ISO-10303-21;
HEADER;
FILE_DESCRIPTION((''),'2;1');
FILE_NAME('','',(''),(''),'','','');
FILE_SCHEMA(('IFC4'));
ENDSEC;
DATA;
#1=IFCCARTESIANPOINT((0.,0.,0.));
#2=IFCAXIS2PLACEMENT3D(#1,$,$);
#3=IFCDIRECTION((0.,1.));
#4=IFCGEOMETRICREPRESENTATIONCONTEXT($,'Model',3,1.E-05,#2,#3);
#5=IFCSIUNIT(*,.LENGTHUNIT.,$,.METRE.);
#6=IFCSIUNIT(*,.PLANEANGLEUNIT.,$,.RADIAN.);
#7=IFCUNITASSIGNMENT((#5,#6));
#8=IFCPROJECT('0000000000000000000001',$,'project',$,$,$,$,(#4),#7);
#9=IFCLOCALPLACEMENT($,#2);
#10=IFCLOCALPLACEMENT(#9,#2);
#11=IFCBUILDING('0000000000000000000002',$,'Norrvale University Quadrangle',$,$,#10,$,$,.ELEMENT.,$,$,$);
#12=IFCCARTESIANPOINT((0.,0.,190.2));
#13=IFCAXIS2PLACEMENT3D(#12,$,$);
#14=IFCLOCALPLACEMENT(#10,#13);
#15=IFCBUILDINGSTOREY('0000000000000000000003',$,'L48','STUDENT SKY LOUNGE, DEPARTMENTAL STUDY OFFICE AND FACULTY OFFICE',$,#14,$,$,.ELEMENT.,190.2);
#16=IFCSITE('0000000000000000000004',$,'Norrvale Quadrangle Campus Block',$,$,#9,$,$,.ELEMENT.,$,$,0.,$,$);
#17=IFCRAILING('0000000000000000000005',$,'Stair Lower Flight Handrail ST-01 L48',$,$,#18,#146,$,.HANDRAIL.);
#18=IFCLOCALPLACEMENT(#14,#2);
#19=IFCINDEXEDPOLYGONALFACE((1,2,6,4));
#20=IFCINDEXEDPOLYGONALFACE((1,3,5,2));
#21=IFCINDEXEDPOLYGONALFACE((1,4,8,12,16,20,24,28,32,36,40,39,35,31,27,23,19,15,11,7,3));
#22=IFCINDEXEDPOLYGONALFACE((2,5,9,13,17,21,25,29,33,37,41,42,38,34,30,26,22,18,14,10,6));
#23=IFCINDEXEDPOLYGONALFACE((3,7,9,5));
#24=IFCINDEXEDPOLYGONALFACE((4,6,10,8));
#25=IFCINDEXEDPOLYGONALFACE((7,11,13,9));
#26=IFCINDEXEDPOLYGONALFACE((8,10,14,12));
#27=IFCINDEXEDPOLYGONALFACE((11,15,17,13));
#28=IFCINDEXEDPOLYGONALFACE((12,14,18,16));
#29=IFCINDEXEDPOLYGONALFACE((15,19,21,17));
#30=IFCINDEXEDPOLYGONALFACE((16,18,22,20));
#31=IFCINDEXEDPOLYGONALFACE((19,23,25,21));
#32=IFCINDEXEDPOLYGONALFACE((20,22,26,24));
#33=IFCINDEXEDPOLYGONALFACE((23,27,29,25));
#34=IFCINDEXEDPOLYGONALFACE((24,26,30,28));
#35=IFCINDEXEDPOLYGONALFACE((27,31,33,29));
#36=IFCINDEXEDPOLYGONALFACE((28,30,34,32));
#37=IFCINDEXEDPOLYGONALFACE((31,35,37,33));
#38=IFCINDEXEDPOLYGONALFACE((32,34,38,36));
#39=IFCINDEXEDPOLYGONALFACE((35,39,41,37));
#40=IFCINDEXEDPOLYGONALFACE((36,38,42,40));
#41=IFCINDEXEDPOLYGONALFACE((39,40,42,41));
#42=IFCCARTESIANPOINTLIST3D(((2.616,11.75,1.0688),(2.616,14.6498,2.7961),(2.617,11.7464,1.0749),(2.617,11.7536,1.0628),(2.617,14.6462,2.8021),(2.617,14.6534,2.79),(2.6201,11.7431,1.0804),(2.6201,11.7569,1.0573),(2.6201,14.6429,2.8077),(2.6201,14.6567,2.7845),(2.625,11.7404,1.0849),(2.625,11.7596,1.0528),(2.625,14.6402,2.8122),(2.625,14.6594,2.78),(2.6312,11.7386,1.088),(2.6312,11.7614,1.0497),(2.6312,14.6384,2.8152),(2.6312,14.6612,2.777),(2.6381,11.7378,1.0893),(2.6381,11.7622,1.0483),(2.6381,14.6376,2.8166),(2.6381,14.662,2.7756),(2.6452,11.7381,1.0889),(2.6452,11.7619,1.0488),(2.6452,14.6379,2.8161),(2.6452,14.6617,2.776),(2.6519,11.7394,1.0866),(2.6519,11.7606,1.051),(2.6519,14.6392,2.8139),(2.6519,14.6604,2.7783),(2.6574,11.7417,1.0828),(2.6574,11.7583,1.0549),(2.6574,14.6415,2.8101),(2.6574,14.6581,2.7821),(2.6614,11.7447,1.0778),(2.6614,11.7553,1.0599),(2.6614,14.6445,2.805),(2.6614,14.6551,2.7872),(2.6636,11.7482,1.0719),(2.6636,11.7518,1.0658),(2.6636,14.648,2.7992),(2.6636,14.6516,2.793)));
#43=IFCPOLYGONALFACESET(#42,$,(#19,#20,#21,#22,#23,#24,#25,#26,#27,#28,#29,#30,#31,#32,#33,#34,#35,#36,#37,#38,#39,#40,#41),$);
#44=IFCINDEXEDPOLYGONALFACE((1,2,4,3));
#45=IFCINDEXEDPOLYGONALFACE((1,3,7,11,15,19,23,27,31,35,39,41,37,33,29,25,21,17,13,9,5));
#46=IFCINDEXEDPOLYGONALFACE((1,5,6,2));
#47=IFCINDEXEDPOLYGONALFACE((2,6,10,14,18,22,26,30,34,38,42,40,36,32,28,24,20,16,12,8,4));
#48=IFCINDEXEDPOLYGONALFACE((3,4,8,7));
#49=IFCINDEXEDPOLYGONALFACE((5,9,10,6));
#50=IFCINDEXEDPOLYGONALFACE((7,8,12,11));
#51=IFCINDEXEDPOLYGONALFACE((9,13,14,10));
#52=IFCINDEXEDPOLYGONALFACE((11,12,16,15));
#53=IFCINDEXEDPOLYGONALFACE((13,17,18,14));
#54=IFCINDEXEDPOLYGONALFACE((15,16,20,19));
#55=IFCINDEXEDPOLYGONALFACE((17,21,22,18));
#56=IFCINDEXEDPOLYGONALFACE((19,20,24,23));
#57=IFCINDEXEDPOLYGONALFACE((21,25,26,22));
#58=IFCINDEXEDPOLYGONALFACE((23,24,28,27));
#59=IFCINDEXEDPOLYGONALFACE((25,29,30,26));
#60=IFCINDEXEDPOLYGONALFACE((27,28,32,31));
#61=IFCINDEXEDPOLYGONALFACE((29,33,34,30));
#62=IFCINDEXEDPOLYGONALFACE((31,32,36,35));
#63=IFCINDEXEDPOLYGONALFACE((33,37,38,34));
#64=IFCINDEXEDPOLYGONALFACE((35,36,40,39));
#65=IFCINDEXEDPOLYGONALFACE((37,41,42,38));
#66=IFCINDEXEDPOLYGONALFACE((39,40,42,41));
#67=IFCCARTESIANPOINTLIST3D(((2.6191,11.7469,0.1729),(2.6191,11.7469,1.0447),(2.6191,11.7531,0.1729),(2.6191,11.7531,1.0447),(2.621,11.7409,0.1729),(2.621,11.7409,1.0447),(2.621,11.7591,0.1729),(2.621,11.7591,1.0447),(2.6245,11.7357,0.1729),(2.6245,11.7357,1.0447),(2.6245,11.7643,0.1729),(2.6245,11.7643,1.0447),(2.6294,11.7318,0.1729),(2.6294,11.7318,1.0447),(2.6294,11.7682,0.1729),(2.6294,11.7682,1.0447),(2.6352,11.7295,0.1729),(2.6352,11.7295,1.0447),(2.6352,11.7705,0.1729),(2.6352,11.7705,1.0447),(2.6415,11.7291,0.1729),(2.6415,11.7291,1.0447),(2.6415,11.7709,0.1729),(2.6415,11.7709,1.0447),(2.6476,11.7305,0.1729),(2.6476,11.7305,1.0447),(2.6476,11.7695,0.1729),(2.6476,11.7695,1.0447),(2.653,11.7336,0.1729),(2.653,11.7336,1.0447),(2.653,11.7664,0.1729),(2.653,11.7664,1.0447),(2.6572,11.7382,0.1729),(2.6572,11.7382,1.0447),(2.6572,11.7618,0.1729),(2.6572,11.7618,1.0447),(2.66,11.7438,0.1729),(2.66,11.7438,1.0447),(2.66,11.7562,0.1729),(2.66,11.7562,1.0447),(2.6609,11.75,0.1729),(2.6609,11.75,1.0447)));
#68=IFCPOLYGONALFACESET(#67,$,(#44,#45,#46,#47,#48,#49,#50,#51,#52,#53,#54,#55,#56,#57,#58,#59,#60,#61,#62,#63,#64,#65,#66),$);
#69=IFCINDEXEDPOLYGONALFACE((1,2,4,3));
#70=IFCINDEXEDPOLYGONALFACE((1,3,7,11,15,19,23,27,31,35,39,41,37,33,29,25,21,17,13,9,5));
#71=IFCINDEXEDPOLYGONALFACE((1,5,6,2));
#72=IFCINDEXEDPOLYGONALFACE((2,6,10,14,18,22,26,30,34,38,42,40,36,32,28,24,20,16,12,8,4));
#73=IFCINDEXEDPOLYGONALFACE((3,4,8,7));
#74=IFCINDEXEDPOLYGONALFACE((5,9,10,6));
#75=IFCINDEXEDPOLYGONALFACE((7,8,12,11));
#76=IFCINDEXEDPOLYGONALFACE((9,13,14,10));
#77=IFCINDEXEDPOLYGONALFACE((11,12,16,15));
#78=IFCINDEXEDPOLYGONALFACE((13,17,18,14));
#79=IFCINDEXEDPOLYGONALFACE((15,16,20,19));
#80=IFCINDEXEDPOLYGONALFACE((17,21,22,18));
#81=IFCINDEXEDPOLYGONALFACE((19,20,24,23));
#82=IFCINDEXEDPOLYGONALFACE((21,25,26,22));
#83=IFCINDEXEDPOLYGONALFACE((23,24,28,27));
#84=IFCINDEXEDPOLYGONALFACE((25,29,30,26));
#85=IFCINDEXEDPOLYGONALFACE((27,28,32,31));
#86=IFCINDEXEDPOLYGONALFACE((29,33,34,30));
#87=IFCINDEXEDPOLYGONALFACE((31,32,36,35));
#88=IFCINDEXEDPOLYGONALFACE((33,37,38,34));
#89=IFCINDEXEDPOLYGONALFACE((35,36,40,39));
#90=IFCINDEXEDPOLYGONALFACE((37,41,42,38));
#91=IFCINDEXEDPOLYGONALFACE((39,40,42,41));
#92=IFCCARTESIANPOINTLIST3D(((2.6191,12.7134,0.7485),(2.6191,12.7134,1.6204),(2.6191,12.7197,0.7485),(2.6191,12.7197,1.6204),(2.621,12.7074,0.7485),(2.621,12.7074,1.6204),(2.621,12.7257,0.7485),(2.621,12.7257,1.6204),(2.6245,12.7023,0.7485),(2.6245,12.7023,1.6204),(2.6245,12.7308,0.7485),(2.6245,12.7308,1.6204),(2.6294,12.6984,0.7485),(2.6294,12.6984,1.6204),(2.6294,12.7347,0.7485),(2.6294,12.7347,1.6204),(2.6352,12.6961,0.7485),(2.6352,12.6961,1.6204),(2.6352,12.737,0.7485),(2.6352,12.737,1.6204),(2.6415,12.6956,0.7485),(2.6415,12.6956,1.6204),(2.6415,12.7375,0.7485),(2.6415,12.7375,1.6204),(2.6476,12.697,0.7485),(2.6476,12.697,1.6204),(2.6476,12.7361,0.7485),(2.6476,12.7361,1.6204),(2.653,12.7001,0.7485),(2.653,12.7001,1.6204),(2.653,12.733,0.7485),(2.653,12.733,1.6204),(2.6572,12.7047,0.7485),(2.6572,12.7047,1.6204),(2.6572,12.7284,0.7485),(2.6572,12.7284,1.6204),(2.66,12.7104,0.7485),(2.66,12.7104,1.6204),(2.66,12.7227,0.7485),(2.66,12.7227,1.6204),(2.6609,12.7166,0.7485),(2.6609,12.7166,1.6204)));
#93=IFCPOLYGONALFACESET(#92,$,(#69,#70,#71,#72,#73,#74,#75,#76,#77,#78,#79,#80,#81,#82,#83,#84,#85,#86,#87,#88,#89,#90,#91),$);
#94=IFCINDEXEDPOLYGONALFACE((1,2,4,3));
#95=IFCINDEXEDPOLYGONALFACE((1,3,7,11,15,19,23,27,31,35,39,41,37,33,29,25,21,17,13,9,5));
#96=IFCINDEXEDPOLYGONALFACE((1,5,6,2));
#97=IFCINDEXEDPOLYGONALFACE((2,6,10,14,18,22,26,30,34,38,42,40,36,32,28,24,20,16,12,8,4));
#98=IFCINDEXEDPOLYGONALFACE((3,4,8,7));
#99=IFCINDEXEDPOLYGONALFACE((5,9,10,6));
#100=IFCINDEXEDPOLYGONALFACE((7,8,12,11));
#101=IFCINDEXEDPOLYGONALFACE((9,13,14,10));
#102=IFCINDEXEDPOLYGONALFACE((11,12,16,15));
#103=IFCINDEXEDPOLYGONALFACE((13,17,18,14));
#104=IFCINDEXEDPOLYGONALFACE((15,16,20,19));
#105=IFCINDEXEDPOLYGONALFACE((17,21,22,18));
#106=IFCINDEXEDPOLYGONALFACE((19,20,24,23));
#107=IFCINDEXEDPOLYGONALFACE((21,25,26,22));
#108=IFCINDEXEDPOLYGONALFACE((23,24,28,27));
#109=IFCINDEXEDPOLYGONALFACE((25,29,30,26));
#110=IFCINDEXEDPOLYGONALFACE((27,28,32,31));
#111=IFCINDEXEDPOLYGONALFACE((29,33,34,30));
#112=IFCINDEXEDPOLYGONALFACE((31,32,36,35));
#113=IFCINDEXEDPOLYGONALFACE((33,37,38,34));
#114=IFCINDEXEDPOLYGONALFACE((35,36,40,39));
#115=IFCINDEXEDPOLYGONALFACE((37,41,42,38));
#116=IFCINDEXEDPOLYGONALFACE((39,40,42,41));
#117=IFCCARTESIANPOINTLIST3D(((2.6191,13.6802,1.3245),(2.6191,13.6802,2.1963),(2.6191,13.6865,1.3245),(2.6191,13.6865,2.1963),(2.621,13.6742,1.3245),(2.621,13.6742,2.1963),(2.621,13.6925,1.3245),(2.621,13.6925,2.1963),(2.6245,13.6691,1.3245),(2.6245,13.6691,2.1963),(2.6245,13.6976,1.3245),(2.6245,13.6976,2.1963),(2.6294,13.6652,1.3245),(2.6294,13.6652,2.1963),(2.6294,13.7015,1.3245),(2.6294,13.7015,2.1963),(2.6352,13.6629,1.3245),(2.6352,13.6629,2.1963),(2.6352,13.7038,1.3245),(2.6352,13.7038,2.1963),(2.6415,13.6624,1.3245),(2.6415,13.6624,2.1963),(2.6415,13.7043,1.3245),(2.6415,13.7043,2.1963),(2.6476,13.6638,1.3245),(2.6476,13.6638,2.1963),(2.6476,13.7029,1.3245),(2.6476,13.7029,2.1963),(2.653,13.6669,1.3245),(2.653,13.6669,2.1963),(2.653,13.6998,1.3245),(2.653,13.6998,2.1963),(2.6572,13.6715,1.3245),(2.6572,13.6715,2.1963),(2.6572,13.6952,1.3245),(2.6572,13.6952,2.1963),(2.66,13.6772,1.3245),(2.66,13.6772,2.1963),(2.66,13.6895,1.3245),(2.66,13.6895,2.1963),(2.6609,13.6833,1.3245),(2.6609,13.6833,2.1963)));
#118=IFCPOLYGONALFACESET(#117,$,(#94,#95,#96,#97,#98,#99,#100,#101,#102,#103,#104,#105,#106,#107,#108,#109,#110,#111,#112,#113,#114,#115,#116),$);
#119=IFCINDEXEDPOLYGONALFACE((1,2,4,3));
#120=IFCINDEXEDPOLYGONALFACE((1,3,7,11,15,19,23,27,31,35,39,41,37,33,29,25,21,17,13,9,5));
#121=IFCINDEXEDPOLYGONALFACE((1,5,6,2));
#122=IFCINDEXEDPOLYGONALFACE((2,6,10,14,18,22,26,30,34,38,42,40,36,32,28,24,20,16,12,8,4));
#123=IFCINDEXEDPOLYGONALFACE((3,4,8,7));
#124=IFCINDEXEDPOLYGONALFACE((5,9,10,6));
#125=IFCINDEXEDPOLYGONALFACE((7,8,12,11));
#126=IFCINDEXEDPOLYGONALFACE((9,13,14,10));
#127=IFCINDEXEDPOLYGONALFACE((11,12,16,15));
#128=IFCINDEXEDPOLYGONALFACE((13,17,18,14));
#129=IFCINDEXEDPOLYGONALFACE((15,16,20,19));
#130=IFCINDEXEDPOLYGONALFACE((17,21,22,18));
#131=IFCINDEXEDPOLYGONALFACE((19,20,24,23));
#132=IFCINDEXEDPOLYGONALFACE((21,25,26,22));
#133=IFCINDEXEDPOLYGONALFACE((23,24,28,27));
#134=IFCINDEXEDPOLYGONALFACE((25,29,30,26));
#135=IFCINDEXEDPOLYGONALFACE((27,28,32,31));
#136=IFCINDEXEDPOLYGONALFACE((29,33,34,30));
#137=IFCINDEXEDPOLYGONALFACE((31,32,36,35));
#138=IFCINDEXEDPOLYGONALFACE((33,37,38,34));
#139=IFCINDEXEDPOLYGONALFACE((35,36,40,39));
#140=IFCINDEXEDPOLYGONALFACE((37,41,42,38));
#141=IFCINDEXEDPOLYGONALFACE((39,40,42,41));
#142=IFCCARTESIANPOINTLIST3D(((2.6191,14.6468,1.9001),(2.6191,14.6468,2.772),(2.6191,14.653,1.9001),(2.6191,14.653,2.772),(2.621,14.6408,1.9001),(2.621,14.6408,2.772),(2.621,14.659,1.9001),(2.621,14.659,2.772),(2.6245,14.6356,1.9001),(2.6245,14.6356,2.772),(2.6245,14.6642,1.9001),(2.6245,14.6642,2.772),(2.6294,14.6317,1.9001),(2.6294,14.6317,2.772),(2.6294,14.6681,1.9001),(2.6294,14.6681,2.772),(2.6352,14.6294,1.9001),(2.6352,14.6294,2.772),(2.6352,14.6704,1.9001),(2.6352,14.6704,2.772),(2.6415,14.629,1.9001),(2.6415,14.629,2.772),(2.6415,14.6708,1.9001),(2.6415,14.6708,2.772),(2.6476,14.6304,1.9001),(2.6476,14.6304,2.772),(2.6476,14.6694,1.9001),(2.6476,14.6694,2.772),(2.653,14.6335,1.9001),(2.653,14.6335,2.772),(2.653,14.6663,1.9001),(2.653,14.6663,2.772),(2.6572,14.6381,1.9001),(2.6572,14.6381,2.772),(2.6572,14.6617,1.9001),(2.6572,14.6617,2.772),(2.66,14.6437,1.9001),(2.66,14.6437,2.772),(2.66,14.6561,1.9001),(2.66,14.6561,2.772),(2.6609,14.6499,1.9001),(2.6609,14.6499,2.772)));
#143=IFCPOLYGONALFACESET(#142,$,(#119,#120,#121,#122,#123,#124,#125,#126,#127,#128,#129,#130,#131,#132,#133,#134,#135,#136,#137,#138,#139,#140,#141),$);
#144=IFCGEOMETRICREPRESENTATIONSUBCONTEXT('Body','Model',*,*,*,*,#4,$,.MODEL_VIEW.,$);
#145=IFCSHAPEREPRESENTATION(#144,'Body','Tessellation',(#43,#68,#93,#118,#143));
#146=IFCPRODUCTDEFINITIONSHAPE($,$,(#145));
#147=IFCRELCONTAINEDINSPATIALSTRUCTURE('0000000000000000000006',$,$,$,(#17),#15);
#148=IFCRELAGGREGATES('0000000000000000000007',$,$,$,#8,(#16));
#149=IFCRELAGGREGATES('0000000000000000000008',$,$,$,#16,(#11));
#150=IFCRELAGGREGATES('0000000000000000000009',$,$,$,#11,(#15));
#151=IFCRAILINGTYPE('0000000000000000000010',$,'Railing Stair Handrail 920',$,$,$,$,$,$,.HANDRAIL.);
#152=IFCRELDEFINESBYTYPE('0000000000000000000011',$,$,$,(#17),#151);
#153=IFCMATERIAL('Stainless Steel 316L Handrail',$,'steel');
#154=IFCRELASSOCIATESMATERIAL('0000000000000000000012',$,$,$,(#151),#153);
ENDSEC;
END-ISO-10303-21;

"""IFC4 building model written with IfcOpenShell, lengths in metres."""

from ifc_helpers import new_model, si_unit, direction, frame, origin, origin_2d, place, context, subcontext, project, spatial, circle, extrude, material, type_object, element, save


model = new_model("IFC4")

# Units and contexts
model_context = context("Model", 3, precision=1e-05, world=origin(), true_north=direction((0.0, 1.0)))
body_context = subcontext(model_context, "Body", "Model", "MODEL_VIEW")
ifc_project = project(units=[si_unit("LENGTHUNIT", "METRE"), si_unit("PLANEANGLEUNIT", "RADIAN")], contexts=[model_context])

# Site, building, storey
site_placement = place(None, origin())
site = spatial("IfcSite", under=ifc_project, at=site_placement, Name="Norrvale Quadrangle Campus Block", CompositionType="ELEMENT", RefElevation=0.0)
building_placement = place(site_placement, origin())
building = spatial("IfcBuilding", under=site, at=building_placement, Name="Norrvale University Quadrangle", CompositionType="ELEMENT")
storey_placement = place(building_placement, frame((0.0, 0.0, 190.2)))
storey = spatial("IfcBuildingStorey", under=building, at=storey_placement, Name="L48", Description="STUDENT SKY LOUNGE, DEPARTMENTAL STUDY OFFICE AND FACULTY OFFICE", CompositionType="ELEMENT", Elevation=190.2)

# Railing
ifc_material_1 = material(Name="Stainless Steel 316L Handrail", Category="steel")
railing_type_1 = type_object("IfcRailingType", Name="Railing Stair Handrail 920", PredefinedType="HANDRAIL", material=ifc_material_1)
railing_placement = place(storey_placement, frame((2.6399, 11.75, 0.1729)))
element("IfcRailing", 1, at=railing_placement, inside=storey, type_object=railing_type_1, Name="Stair Lower Flight Handrail ST-01 L48", PredefinedType="HANDRAIL", context=body_context, shape_type="SweptSolid", body=[
    extrude(circle(Radius=0.0239, at=origin_2d()), frame((0.0, 0.0, 0.896), z_axis=(0.0, 0.859141, 0.511738), x_axis=(-1.0, 0.0, 0.0)), (0.0, 0.0, 1.0), 3.3752),
    extrude(circle(Radius=0.021, at=origin_2d()), origin(), (0.0, 0.0, 1.0), 0.8718),
    extrude(circle(Radius=0.021, at=origin_2d()), frame((0.0, 0.9666, 0.5757)), (0.0, 0.0, 1.0), 0.8718),
    extrude(circle(Radius=0.021, at=origin_2d()), frame((0.0, 1.9333, 1.1516)), (0.0, 0.0, 1.0), 0.8718),
    extrude(circle(Radius=0.021, at=origin_2d()), frame((0.0, 2.8999, 1.7273)), (0.0, 0.0, 1.0), 0.8718),
])

save(model, "model.ifc")
